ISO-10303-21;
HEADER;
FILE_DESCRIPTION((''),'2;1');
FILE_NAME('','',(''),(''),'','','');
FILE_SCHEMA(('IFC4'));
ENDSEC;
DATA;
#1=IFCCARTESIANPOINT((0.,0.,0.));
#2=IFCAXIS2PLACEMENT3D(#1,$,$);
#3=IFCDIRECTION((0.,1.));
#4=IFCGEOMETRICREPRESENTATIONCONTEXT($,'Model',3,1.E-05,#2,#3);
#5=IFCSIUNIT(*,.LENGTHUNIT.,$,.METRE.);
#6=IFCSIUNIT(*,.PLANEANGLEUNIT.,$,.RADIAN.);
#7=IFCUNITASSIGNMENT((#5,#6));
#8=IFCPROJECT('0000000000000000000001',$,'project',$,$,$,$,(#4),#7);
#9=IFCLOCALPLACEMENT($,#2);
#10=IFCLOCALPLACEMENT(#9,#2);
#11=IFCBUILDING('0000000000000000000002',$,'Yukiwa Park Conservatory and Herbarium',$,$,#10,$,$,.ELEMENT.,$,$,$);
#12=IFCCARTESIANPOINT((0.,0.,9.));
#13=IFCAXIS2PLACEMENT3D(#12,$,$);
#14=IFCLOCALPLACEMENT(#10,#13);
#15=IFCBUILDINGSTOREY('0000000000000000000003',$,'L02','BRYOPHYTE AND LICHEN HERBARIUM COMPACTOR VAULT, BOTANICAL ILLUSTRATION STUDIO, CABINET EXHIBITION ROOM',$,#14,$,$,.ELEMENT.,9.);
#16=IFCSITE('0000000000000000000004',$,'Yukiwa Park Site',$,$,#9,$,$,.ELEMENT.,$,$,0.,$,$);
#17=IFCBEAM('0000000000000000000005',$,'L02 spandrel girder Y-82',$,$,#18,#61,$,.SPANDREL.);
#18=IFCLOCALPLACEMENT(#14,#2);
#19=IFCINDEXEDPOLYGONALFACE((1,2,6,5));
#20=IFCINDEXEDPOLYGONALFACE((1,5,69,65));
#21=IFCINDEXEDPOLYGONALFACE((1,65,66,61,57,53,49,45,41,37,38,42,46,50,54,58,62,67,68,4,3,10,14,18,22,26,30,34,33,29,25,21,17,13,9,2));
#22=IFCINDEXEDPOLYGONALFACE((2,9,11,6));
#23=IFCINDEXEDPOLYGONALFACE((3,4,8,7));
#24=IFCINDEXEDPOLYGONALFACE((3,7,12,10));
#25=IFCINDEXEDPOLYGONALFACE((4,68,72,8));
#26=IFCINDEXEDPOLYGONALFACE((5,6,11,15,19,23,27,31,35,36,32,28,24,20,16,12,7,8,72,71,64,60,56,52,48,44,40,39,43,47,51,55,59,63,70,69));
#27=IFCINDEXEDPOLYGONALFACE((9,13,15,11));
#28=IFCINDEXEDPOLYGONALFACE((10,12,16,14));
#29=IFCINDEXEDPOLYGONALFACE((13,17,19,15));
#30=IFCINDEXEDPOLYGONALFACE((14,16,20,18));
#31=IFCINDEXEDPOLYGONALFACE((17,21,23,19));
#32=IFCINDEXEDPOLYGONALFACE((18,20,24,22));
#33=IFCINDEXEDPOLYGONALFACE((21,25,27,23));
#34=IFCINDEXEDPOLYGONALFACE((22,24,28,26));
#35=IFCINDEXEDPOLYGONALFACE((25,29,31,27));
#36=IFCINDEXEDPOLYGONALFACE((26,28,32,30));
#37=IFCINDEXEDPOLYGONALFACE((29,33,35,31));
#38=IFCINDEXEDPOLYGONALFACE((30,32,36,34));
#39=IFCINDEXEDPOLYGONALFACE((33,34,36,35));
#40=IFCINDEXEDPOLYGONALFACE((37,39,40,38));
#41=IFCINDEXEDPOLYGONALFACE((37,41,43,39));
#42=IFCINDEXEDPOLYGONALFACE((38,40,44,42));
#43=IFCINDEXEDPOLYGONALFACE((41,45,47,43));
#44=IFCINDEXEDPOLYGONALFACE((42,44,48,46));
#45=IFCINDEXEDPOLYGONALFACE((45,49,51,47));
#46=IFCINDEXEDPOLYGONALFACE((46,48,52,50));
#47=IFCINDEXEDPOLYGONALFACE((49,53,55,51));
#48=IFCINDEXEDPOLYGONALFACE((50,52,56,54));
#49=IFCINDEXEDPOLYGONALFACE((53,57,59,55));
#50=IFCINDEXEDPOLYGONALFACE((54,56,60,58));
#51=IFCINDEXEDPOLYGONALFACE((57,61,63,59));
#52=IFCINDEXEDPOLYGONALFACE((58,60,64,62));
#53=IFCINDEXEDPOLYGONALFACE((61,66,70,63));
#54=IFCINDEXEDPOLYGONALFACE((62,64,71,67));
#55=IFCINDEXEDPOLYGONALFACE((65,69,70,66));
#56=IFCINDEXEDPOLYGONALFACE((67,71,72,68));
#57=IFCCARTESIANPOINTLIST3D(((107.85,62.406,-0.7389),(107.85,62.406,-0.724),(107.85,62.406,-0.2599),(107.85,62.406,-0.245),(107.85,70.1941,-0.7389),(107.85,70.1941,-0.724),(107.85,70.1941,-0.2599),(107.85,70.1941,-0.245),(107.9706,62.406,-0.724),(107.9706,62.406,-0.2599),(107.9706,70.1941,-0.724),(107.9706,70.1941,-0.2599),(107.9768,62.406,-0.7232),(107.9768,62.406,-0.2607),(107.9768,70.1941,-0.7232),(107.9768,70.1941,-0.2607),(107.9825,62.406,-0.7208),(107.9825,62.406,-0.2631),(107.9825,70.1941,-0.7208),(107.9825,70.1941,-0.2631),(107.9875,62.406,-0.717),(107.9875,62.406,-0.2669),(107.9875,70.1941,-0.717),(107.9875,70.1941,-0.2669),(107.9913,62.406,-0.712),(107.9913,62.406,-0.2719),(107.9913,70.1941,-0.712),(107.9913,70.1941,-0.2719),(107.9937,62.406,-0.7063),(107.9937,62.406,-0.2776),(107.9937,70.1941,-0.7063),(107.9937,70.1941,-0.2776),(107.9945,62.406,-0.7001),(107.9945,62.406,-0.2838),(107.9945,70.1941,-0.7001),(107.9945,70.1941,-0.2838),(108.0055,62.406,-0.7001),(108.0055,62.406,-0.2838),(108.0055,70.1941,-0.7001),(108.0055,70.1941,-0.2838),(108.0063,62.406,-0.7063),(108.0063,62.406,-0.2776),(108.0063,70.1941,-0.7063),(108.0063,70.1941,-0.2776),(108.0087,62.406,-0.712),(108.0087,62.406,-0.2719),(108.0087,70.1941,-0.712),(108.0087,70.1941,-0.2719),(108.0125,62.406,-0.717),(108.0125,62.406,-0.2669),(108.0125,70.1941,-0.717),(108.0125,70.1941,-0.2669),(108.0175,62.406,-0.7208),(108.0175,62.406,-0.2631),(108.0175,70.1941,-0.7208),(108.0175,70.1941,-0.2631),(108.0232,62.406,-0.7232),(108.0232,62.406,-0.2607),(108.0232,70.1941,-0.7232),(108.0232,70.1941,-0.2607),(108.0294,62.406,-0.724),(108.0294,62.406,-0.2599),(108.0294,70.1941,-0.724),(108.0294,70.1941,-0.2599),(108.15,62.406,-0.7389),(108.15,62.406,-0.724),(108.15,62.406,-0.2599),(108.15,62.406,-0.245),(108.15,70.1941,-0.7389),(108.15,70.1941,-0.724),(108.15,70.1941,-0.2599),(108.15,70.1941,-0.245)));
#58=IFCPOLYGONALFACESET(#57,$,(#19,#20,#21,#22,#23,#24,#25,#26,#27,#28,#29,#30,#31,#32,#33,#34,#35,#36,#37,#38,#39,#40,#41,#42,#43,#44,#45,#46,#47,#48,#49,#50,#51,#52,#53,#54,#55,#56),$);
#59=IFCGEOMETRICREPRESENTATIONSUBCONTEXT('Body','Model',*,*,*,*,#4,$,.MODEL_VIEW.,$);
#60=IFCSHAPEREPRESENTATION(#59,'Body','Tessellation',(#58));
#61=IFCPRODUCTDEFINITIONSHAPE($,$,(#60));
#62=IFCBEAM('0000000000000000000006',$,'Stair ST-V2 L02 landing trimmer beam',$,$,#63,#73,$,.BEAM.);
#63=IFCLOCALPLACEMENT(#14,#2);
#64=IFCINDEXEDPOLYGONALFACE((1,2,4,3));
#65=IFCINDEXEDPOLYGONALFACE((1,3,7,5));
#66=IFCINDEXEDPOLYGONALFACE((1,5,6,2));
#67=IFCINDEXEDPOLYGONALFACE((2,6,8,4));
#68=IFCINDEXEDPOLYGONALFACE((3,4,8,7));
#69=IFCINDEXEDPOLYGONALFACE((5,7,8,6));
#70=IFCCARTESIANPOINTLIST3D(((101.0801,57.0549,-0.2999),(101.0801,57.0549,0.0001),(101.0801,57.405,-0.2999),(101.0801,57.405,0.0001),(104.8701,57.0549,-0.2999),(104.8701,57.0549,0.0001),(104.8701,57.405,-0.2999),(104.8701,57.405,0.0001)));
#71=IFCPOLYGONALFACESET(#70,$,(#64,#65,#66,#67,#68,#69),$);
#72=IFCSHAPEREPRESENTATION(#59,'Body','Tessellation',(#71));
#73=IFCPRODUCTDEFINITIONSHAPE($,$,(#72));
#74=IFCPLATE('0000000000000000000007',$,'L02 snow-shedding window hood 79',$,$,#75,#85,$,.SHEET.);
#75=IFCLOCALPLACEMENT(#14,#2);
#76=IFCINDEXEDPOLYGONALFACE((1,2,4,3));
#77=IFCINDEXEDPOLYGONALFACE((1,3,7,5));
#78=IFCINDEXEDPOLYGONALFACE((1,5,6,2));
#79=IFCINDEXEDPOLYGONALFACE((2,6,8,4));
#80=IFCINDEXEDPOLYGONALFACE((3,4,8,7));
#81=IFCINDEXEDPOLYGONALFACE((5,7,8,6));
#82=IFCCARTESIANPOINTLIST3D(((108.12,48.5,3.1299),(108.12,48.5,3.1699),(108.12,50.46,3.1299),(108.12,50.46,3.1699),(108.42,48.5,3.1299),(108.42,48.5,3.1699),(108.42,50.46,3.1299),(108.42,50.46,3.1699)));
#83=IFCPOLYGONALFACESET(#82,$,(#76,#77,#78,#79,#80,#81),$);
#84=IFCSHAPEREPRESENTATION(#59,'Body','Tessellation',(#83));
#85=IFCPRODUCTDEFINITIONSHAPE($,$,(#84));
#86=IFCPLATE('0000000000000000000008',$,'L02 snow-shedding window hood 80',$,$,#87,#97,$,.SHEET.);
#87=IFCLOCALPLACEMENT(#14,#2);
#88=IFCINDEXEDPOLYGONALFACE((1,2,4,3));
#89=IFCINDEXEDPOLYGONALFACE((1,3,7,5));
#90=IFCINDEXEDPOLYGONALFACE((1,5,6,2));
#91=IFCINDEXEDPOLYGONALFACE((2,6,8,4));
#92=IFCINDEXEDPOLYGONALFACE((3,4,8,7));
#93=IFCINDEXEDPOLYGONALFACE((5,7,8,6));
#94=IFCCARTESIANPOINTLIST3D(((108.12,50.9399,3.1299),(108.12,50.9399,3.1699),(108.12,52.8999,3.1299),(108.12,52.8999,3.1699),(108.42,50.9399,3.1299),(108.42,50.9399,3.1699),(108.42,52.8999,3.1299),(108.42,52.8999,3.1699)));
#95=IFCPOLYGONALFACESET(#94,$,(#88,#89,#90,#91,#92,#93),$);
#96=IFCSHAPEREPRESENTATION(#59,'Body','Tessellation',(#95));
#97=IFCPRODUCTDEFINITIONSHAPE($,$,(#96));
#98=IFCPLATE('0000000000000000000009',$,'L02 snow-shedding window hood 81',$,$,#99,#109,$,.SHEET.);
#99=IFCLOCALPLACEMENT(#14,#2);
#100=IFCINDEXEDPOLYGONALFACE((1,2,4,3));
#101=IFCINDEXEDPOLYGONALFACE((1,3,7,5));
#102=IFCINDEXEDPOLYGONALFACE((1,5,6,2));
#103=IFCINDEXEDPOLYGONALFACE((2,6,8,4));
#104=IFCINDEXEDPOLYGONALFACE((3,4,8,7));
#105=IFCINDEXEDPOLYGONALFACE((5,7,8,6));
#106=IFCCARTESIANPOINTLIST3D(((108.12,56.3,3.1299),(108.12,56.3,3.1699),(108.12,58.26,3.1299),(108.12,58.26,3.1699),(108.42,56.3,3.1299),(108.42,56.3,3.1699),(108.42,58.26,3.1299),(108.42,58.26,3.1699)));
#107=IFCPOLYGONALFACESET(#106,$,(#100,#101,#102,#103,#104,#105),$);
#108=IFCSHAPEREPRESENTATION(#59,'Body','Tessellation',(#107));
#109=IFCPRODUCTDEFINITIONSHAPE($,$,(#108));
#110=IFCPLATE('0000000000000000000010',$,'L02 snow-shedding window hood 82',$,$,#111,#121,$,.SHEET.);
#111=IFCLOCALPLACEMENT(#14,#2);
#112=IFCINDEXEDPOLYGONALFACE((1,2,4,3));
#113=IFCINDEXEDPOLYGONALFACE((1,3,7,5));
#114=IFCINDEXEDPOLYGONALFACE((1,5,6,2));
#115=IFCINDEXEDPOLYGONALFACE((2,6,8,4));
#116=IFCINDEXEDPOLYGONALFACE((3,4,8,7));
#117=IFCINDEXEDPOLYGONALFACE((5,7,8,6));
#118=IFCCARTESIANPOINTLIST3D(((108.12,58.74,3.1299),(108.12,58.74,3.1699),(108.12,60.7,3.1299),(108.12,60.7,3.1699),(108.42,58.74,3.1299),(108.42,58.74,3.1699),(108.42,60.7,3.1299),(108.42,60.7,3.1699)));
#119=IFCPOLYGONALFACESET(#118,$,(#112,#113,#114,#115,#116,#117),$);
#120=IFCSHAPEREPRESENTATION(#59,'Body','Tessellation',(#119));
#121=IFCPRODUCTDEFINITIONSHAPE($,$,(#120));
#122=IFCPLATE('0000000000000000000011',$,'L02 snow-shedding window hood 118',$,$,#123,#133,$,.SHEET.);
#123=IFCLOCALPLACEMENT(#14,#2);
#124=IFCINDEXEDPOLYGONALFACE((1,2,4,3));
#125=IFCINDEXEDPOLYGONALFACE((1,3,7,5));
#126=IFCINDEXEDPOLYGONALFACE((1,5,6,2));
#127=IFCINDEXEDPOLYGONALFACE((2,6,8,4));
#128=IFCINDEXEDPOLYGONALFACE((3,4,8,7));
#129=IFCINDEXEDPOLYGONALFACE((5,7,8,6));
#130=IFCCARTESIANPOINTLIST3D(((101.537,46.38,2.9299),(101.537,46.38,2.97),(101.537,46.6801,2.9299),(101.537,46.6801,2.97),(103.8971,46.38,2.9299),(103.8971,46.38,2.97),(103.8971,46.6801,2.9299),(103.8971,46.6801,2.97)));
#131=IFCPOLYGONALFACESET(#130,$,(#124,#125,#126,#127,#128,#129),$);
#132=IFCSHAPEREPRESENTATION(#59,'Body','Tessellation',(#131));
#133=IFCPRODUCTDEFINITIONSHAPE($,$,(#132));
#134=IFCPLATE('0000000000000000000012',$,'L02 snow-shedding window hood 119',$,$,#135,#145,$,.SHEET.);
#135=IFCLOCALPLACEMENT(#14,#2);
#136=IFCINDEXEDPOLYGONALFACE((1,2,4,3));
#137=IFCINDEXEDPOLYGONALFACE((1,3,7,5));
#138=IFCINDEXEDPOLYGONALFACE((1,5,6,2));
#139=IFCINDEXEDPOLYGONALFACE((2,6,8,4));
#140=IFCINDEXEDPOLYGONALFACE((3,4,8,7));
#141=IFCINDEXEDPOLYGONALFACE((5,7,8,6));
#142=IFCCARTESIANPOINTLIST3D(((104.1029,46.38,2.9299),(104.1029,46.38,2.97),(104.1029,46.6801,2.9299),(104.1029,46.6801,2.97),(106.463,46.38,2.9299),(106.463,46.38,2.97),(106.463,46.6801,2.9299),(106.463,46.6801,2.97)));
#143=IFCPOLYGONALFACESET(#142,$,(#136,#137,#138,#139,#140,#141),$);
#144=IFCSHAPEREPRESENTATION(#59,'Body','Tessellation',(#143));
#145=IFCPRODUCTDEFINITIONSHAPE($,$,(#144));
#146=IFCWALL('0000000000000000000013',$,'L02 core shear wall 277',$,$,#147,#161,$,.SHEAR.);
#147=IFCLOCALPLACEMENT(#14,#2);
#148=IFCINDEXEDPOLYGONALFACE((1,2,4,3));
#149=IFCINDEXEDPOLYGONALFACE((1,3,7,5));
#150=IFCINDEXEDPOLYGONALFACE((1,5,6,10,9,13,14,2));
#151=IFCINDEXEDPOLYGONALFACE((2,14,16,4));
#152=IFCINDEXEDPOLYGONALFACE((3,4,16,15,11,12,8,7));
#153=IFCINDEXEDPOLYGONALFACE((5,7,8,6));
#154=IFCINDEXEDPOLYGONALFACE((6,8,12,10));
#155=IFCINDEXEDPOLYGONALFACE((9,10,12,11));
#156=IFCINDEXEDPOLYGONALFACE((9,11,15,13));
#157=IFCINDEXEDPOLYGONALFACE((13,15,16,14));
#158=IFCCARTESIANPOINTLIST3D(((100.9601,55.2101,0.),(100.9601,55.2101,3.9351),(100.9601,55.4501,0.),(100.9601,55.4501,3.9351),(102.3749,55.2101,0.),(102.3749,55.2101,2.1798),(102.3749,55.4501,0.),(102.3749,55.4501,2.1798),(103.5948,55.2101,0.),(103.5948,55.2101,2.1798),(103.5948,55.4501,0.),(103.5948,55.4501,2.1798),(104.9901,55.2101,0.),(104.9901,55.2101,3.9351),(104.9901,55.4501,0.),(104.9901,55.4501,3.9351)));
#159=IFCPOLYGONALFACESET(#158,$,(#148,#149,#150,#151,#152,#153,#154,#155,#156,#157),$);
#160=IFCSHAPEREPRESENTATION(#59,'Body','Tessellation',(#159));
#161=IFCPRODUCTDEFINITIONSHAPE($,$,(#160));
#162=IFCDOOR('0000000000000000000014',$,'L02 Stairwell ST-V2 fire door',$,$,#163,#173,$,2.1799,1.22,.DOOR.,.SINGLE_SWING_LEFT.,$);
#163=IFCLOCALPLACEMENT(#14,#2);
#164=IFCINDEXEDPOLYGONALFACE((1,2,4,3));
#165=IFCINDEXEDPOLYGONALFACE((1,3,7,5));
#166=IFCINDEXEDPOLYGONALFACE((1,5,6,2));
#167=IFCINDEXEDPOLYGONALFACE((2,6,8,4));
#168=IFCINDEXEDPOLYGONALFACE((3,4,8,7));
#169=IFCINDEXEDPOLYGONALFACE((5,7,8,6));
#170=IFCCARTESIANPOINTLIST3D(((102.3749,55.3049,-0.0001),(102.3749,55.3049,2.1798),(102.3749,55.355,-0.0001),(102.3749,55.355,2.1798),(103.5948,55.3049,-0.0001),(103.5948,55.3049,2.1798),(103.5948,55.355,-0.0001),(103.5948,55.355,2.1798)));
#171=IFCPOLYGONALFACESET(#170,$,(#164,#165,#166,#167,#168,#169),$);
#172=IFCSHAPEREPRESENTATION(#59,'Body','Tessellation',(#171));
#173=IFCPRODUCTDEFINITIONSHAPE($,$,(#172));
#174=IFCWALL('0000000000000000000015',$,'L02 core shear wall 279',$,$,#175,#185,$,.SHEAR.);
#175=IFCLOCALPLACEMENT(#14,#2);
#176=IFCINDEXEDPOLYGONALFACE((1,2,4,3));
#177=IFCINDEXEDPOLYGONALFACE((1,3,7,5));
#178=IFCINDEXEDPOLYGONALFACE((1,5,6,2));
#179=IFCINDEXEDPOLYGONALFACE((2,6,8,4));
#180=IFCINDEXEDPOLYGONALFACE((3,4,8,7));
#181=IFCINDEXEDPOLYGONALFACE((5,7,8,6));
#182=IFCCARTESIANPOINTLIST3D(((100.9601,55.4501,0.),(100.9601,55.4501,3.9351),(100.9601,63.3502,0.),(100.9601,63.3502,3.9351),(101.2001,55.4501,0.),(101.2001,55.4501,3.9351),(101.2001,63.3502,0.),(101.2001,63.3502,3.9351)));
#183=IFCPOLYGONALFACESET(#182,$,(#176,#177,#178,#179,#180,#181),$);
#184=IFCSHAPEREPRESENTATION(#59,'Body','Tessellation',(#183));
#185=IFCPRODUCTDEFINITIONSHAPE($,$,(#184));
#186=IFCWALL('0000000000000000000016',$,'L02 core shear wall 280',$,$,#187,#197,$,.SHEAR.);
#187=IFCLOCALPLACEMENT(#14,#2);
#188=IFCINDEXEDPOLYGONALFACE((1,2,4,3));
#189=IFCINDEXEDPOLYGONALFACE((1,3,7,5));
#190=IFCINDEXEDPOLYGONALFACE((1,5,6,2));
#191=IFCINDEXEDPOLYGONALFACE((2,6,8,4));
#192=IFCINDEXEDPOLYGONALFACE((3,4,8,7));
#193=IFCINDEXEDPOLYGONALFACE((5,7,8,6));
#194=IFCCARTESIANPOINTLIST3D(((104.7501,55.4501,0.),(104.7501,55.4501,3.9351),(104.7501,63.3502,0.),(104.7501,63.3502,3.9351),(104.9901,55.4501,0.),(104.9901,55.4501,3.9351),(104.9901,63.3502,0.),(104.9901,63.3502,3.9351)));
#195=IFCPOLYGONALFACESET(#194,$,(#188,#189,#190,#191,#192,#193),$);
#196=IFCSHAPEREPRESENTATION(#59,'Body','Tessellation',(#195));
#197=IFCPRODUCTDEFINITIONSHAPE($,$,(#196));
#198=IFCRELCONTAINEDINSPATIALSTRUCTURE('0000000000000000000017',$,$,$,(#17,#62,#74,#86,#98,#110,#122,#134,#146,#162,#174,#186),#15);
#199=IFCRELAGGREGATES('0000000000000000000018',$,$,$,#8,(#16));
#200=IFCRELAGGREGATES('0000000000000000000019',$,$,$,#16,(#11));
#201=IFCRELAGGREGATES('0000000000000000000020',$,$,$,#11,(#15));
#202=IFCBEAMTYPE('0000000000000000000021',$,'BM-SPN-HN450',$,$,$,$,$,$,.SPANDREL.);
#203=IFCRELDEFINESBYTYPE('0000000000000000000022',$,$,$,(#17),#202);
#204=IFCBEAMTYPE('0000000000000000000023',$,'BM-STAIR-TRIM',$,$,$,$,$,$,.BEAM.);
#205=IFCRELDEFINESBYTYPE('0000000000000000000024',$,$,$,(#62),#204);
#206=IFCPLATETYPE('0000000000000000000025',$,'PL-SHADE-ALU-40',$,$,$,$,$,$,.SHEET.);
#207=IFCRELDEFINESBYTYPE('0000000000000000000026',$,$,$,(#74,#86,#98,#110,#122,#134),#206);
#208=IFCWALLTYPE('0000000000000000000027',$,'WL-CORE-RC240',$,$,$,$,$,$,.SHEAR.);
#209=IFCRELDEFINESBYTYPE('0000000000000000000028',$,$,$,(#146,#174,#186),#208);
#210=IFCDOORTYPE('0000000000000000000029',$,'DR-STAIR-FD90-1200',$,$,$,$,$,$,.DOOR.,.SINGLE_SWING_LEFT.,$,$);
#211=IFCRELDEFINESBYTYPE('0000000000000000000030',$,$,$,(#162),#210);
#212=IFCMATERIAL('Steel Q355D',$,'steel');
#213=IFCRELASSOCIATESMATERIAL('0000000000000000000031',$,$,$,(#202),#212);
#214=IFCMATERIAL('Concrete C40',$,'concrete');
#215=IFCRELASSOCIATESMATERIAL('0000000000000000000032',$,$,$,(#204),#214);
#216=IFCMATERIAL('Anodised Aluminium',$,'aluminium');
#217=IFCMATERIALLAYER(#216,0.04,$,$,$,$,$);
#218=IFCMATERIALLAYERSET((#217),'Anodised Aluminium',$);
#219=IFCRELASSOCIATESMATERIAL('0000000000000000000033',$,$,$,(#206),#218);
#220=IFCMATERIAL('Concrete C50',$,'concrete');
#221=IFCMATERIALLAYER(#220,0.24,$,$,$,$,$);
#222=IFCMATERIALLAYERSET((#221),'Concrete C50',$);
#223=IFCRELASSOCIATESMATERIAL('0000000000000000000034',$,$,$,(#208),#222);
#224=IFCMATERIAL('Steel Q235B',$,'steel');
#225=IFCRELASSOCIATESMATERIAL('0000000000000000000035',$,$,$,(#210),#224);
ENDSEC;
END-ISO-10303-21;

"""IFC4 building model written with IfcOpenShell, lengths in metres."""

from ifc_helpers import new_model, si_unit, direction, frame, frame_2d, origin, origin_2d, place, context, subcontext, project, spatial, rectangle, i_section, extrude, material, layer, layer_set, material_profile, profile_set, type_object, element, fill, save


model = new_model("IFC4")

# Units and contexts
model_context = context("Model", 3, precision=1e-05, world=origin(), true_north=direction((0.0, 1.0)))
body_context = subcontext(model_context, "Body", "Model", "MODEL_VIEW")
ifc_project = project(units=[si_unit("LENGTHUNIT", "METRE"), si_unit("PLANEANGLEUNIT", "RADIAN")], contexts=[model_context])

# Site, building, storey
site_placement = place(None, origin())
site = spatial("IfcSite", under=ifc_project, at=site_placement, Name="Yukiwa Park Site", CompositionType="ELEMENT", RefElevation=0.0)
building_placement = place(site_placement, origin())
building = spatial("IfcBuilding", under=site, at=building_placement, Name="Yukiwa Park Conservatory and Herbarium", CompositionType="ELEMENT")
storey_placement = place(building_placement, frame((0.0, 0.0, 9.0)))
storey = spatial("IfcBuildingStorey", under=building, at=storey_placement, Name="L02", Description="BRYOPHYTE AND LICHEN HERBARIUM COMPACTOR VAULT, BOTANICAL ILLUSTRATION STUDIO, CABINET EXHIBITION ROOM", CompositionType="ELEMENT", Elevation=9.0)

# Beams
ifc_material_1 = material(Name="Steel Q355D", Category="steel")
ifc_material_profile_1 = material_profile(ifc_material_1, i_section(OverallWidth=0.3, OverallDepth=0.4939, WebThickness=0.011, FlangeThickness=0.0149, FilletRadius=0.0239, at=origin_2d()), Name="HM 494x300x11x15")
ifc_profile_set_1 = profile_set([ifc_material_profile_1], Name="Steel Q355D")
beam_type_1 = type_object("IfcBeamType", Name="BM-SPN-HN450", PredefinedType="SPANDREL", material=ifc_profile_set_1)
for number, where, z_axis, x_axis, name in (
    (1, (108.0, 62.406, -0.4919), (0.0, 1.0, 0.0), (-1.0, 0.0, 0.0), "L02 spandrel girder Y-82"),
):
    element("IfcBeam", number, at=place(storey_placement, frame(where, z_axis=z_axis, x_axis=x_axis)), inside=storey, type_object=beam_type_1, Name=name, PredefinedType="SPANDREL", context=body_context, shape_type="SweptSolid", body=[
        extrude(i_section(OverallWidth=0.3, OverallDepth=0.4939, WebThickness=0.011, FlangeThickness=0.0149, FilletRadius=0.0239, at=origin_2d()), origin(), (0.0, 0.0, 1.0), 7.7881),
    ])
ifc_material_2 = material(Name="Concrete C40", Category="concrete")
ifc_material_profile_2 = material_profile(ifc_material_2, rectangle(XDim=0.3501, YDim=0.3, at=origin_2d()), Name="RC 350x300")
ifc_profile_set_2 = profile_set([ifc_material_profile_2], Name="Concrete C40")
beam_type_2 = type_object("IfcBeamType", Name="BM-STAIR-TRIM", PredefinedType="BEAM", material=ifc_profile_set_2)
beam_1_placement = place(storey_placement, frame((101.0801, 57.23, -0.1499), z_axis=(1.0, 0.0, 0.0), x_axis=(0.0, 1.0, 0.0)))
element("IfcBeam", 2, at=beam_1_placement, inside=storey, type_object=beam_type_2, Name="Stair ST-V2 L02 landing trimmer beam", PredefinedType="BEAM", context=body_context, shape_type="SweptSolid", body=[
    extrude(rectangle(XDim=0.3501, YDim=0.3, at=origin_2d()), origin(), (0.0, 0.0, 1.0), 3.79),
])

# Plates
ifc_material_3 = material(Name="Anodised Aluminium", Category="aluminium")
ifc_layer_1 = layer(ifc_material_3, 0.04)
ifc_layer_set_1 = layer_set([ifc_layer_1], Name="Anodised Aluminium")
plate_type = type_object("IfcPlateType", Name="PL-SHADE-ALU-40", PredefinedType="SHEET", material=ifc_layer_set_1)
for number, where, z_axis, x_axis, name in (
    (3, (108.27, 49.48, 3.1299), (0.0, 0.0, 1.0), (0.0, 1.0, 0.0), "L02 snow-shedding window hood 79"),
    (4, (108.27, 51.9199, 3.1299), (0.0, 0.0, 1.0), (0.0, 1.0, 0.0), "L02 snow-shedding window hood 80"),
    (5, (108.27, 57.28, 3.1299), (0.0, 0.0, 1.0), (0.0, 1.0, 0.0), "L02 snow-shedding window hood 81"),
    (6, (108.27, 59.72, 3.1299), (0.0, 0.0, 1.0), (0.0, 1.0, 0.0), "L02 snow-shedding window hood 82"),
):
    element("IfcPlate", number, at=place(storey_placement, frame(where, z_axis=z_axis, x_axis=x_axis)), inside=storey, type_object=plate_type, Name=name, PredefinedType="SHEET", context=body_context, shape_type="SweptSolid", body=[
        extrude(rectangle(XDim=1.96, YDim=0.3, at=origin_2d()), origin(), (0.0, 0.0, 1.0), 0.04),
    ])
for number, where, z_axis, x_axis, name in (
    (7, (102.717, 46.53, 2.9299), (0.0, 0.0, 1.0), (1.0, 0.0, 0.0), "L02 snow-shedding window hood 118"),
    (8, (105.283, 46.53, 2.9299), (0.0, 0.0, 1.0), (1.0, 0.0, 0.0), "L02 snow-shedding window hood 119"),
):
    element("IfcPlate", number, at=place(storey_placement, frame(where, z_axis=z_axis, x_axis=x_axis)), inside=storey, type_object=plate_type, Name=name, PredefinedType="SHEET", context=body_context, shape_type="SweptSolid", body=[
        extrude(rectangle(XDim=2.3601, YDim=0.3, at=origin_2d()), origin(), (0.0, 0.0, 1.0), 0.04),
    ])

# Wall, opening, door
ifc_material_4 = material(Name="Concrete C50", Category="concrete")
ifc_layer_2 = layer(ifc_material_4, 0.24)
ifc_layer_set_2 = layer_set([ifc_layer_2], Name="Concrete C50")
wall_type_1 = type_object("IfcWallType", Name="WL-CORE-RC240", PredefinedType="SHEAR", material=ifc_layer_set_2)
wall_1_placement = place(storey_placement, frame((100.96, 55.3301, 0.0), z_axis=(0.0, 0.0, 1.0), x_axis=(1.0, 0.0, 0.0)))
wall_1 = element("IfcWall", 9, at=wall_1_placement, inside=storey, type_object=wall_type_1, Name="L02 core shear wall 277", PredefinedType="SHEAR", context=body_context, shape_type="SweptSolid", body=[
    extrude(rectangle(XDim=4.03, YDim=0.24, at=frame_2d((2.0151, 0.0))), origin(), (0.0, 0.0, 1.0), 3.9351),
])
opening_1_placement = place(wall_1_placement, frame((1.415, 0.0, 0.0)))
opening_1 = element("IfcOpeningElement", 10, at=opening_1_placement, cuts=wall_1, PredefinedType="OPENING", context=body_context, shape_type="SweptSolid", body=[
    extrude(rectangle(XDim=1.22, YDim=2.1799, at=frame_2d((0.6099, 1.0898))), frame((0.0, 0.1299, 0.0), z_axis=(0.0, -1.0, 0.0), x_axis=(1.0, 0.0, 0.0)), (0.0, 0.0, 1.0), 0.26),
])
ifc_material_5 = material(Name="Steel Q235B", Category="steel")
door_type = type_object("IfcDoorType", Name="DR-STAIR-FD90-1200", OperationType="SINGLE_SWING_LEFT", PredefinedType="DOOR", material=ifc_material_5)
door_placement = place(opening_1_placement, origin())
door = element("IfcDoor", 11, at=door_placement, inside=storey, type_object=door_type, Name="L02 Stairwell ST-V2 fire door", OperationType="SINGLE_SWING_LEFT", OverallHeight=2.1799, OverallWidth=1.22, PredefinedType="DOOR", context=body_context, shape_type="SweptSolid", body=[
    extrude(rectangle(XDim=1.22, YDim=2.1799, at=frame_2d((0.6099, 1.0898))), frame((0.0, 0.0249, 0.0), z_axis=(0.0, -1.0, 0.0), x_axis=(1.0, 0.0, 0.0)), (0.0, 0.0, 1.0), 0.05),
])
fill(opening_1, door)

# Walls
for number, where, z_axis, x_axis, name in (
    (12, (101.0801, 55.45, 0.0), (0.0, 0.0, 1.0), (0.0, 1.0, 0.0), "L02 core shear wall 279"),
    (13, (104.8701, 55.45, 0.0), (0.0, 0.0, 1.0), (0.0, 1.0, 0.0), "L02 core shear wall 280"),
):
    element("IfcWall", number, at=place(storey_placement, frame(where, z_axis=z_axis, x_axis=x_axis)), inside=storey, type_object=wall_type_1, Name=name, PredefinedType="SHEAR", context=body_context, shape_type="SweptSolid", body=[
        extrude(rectangle(XDim=7.9001, YDim=0.24, at=frame_2d((3.9502, 0.0))), origin(), (0.0, 0.0, 1.0), 3.9351),
    ])

save(model, "model.ifc")
